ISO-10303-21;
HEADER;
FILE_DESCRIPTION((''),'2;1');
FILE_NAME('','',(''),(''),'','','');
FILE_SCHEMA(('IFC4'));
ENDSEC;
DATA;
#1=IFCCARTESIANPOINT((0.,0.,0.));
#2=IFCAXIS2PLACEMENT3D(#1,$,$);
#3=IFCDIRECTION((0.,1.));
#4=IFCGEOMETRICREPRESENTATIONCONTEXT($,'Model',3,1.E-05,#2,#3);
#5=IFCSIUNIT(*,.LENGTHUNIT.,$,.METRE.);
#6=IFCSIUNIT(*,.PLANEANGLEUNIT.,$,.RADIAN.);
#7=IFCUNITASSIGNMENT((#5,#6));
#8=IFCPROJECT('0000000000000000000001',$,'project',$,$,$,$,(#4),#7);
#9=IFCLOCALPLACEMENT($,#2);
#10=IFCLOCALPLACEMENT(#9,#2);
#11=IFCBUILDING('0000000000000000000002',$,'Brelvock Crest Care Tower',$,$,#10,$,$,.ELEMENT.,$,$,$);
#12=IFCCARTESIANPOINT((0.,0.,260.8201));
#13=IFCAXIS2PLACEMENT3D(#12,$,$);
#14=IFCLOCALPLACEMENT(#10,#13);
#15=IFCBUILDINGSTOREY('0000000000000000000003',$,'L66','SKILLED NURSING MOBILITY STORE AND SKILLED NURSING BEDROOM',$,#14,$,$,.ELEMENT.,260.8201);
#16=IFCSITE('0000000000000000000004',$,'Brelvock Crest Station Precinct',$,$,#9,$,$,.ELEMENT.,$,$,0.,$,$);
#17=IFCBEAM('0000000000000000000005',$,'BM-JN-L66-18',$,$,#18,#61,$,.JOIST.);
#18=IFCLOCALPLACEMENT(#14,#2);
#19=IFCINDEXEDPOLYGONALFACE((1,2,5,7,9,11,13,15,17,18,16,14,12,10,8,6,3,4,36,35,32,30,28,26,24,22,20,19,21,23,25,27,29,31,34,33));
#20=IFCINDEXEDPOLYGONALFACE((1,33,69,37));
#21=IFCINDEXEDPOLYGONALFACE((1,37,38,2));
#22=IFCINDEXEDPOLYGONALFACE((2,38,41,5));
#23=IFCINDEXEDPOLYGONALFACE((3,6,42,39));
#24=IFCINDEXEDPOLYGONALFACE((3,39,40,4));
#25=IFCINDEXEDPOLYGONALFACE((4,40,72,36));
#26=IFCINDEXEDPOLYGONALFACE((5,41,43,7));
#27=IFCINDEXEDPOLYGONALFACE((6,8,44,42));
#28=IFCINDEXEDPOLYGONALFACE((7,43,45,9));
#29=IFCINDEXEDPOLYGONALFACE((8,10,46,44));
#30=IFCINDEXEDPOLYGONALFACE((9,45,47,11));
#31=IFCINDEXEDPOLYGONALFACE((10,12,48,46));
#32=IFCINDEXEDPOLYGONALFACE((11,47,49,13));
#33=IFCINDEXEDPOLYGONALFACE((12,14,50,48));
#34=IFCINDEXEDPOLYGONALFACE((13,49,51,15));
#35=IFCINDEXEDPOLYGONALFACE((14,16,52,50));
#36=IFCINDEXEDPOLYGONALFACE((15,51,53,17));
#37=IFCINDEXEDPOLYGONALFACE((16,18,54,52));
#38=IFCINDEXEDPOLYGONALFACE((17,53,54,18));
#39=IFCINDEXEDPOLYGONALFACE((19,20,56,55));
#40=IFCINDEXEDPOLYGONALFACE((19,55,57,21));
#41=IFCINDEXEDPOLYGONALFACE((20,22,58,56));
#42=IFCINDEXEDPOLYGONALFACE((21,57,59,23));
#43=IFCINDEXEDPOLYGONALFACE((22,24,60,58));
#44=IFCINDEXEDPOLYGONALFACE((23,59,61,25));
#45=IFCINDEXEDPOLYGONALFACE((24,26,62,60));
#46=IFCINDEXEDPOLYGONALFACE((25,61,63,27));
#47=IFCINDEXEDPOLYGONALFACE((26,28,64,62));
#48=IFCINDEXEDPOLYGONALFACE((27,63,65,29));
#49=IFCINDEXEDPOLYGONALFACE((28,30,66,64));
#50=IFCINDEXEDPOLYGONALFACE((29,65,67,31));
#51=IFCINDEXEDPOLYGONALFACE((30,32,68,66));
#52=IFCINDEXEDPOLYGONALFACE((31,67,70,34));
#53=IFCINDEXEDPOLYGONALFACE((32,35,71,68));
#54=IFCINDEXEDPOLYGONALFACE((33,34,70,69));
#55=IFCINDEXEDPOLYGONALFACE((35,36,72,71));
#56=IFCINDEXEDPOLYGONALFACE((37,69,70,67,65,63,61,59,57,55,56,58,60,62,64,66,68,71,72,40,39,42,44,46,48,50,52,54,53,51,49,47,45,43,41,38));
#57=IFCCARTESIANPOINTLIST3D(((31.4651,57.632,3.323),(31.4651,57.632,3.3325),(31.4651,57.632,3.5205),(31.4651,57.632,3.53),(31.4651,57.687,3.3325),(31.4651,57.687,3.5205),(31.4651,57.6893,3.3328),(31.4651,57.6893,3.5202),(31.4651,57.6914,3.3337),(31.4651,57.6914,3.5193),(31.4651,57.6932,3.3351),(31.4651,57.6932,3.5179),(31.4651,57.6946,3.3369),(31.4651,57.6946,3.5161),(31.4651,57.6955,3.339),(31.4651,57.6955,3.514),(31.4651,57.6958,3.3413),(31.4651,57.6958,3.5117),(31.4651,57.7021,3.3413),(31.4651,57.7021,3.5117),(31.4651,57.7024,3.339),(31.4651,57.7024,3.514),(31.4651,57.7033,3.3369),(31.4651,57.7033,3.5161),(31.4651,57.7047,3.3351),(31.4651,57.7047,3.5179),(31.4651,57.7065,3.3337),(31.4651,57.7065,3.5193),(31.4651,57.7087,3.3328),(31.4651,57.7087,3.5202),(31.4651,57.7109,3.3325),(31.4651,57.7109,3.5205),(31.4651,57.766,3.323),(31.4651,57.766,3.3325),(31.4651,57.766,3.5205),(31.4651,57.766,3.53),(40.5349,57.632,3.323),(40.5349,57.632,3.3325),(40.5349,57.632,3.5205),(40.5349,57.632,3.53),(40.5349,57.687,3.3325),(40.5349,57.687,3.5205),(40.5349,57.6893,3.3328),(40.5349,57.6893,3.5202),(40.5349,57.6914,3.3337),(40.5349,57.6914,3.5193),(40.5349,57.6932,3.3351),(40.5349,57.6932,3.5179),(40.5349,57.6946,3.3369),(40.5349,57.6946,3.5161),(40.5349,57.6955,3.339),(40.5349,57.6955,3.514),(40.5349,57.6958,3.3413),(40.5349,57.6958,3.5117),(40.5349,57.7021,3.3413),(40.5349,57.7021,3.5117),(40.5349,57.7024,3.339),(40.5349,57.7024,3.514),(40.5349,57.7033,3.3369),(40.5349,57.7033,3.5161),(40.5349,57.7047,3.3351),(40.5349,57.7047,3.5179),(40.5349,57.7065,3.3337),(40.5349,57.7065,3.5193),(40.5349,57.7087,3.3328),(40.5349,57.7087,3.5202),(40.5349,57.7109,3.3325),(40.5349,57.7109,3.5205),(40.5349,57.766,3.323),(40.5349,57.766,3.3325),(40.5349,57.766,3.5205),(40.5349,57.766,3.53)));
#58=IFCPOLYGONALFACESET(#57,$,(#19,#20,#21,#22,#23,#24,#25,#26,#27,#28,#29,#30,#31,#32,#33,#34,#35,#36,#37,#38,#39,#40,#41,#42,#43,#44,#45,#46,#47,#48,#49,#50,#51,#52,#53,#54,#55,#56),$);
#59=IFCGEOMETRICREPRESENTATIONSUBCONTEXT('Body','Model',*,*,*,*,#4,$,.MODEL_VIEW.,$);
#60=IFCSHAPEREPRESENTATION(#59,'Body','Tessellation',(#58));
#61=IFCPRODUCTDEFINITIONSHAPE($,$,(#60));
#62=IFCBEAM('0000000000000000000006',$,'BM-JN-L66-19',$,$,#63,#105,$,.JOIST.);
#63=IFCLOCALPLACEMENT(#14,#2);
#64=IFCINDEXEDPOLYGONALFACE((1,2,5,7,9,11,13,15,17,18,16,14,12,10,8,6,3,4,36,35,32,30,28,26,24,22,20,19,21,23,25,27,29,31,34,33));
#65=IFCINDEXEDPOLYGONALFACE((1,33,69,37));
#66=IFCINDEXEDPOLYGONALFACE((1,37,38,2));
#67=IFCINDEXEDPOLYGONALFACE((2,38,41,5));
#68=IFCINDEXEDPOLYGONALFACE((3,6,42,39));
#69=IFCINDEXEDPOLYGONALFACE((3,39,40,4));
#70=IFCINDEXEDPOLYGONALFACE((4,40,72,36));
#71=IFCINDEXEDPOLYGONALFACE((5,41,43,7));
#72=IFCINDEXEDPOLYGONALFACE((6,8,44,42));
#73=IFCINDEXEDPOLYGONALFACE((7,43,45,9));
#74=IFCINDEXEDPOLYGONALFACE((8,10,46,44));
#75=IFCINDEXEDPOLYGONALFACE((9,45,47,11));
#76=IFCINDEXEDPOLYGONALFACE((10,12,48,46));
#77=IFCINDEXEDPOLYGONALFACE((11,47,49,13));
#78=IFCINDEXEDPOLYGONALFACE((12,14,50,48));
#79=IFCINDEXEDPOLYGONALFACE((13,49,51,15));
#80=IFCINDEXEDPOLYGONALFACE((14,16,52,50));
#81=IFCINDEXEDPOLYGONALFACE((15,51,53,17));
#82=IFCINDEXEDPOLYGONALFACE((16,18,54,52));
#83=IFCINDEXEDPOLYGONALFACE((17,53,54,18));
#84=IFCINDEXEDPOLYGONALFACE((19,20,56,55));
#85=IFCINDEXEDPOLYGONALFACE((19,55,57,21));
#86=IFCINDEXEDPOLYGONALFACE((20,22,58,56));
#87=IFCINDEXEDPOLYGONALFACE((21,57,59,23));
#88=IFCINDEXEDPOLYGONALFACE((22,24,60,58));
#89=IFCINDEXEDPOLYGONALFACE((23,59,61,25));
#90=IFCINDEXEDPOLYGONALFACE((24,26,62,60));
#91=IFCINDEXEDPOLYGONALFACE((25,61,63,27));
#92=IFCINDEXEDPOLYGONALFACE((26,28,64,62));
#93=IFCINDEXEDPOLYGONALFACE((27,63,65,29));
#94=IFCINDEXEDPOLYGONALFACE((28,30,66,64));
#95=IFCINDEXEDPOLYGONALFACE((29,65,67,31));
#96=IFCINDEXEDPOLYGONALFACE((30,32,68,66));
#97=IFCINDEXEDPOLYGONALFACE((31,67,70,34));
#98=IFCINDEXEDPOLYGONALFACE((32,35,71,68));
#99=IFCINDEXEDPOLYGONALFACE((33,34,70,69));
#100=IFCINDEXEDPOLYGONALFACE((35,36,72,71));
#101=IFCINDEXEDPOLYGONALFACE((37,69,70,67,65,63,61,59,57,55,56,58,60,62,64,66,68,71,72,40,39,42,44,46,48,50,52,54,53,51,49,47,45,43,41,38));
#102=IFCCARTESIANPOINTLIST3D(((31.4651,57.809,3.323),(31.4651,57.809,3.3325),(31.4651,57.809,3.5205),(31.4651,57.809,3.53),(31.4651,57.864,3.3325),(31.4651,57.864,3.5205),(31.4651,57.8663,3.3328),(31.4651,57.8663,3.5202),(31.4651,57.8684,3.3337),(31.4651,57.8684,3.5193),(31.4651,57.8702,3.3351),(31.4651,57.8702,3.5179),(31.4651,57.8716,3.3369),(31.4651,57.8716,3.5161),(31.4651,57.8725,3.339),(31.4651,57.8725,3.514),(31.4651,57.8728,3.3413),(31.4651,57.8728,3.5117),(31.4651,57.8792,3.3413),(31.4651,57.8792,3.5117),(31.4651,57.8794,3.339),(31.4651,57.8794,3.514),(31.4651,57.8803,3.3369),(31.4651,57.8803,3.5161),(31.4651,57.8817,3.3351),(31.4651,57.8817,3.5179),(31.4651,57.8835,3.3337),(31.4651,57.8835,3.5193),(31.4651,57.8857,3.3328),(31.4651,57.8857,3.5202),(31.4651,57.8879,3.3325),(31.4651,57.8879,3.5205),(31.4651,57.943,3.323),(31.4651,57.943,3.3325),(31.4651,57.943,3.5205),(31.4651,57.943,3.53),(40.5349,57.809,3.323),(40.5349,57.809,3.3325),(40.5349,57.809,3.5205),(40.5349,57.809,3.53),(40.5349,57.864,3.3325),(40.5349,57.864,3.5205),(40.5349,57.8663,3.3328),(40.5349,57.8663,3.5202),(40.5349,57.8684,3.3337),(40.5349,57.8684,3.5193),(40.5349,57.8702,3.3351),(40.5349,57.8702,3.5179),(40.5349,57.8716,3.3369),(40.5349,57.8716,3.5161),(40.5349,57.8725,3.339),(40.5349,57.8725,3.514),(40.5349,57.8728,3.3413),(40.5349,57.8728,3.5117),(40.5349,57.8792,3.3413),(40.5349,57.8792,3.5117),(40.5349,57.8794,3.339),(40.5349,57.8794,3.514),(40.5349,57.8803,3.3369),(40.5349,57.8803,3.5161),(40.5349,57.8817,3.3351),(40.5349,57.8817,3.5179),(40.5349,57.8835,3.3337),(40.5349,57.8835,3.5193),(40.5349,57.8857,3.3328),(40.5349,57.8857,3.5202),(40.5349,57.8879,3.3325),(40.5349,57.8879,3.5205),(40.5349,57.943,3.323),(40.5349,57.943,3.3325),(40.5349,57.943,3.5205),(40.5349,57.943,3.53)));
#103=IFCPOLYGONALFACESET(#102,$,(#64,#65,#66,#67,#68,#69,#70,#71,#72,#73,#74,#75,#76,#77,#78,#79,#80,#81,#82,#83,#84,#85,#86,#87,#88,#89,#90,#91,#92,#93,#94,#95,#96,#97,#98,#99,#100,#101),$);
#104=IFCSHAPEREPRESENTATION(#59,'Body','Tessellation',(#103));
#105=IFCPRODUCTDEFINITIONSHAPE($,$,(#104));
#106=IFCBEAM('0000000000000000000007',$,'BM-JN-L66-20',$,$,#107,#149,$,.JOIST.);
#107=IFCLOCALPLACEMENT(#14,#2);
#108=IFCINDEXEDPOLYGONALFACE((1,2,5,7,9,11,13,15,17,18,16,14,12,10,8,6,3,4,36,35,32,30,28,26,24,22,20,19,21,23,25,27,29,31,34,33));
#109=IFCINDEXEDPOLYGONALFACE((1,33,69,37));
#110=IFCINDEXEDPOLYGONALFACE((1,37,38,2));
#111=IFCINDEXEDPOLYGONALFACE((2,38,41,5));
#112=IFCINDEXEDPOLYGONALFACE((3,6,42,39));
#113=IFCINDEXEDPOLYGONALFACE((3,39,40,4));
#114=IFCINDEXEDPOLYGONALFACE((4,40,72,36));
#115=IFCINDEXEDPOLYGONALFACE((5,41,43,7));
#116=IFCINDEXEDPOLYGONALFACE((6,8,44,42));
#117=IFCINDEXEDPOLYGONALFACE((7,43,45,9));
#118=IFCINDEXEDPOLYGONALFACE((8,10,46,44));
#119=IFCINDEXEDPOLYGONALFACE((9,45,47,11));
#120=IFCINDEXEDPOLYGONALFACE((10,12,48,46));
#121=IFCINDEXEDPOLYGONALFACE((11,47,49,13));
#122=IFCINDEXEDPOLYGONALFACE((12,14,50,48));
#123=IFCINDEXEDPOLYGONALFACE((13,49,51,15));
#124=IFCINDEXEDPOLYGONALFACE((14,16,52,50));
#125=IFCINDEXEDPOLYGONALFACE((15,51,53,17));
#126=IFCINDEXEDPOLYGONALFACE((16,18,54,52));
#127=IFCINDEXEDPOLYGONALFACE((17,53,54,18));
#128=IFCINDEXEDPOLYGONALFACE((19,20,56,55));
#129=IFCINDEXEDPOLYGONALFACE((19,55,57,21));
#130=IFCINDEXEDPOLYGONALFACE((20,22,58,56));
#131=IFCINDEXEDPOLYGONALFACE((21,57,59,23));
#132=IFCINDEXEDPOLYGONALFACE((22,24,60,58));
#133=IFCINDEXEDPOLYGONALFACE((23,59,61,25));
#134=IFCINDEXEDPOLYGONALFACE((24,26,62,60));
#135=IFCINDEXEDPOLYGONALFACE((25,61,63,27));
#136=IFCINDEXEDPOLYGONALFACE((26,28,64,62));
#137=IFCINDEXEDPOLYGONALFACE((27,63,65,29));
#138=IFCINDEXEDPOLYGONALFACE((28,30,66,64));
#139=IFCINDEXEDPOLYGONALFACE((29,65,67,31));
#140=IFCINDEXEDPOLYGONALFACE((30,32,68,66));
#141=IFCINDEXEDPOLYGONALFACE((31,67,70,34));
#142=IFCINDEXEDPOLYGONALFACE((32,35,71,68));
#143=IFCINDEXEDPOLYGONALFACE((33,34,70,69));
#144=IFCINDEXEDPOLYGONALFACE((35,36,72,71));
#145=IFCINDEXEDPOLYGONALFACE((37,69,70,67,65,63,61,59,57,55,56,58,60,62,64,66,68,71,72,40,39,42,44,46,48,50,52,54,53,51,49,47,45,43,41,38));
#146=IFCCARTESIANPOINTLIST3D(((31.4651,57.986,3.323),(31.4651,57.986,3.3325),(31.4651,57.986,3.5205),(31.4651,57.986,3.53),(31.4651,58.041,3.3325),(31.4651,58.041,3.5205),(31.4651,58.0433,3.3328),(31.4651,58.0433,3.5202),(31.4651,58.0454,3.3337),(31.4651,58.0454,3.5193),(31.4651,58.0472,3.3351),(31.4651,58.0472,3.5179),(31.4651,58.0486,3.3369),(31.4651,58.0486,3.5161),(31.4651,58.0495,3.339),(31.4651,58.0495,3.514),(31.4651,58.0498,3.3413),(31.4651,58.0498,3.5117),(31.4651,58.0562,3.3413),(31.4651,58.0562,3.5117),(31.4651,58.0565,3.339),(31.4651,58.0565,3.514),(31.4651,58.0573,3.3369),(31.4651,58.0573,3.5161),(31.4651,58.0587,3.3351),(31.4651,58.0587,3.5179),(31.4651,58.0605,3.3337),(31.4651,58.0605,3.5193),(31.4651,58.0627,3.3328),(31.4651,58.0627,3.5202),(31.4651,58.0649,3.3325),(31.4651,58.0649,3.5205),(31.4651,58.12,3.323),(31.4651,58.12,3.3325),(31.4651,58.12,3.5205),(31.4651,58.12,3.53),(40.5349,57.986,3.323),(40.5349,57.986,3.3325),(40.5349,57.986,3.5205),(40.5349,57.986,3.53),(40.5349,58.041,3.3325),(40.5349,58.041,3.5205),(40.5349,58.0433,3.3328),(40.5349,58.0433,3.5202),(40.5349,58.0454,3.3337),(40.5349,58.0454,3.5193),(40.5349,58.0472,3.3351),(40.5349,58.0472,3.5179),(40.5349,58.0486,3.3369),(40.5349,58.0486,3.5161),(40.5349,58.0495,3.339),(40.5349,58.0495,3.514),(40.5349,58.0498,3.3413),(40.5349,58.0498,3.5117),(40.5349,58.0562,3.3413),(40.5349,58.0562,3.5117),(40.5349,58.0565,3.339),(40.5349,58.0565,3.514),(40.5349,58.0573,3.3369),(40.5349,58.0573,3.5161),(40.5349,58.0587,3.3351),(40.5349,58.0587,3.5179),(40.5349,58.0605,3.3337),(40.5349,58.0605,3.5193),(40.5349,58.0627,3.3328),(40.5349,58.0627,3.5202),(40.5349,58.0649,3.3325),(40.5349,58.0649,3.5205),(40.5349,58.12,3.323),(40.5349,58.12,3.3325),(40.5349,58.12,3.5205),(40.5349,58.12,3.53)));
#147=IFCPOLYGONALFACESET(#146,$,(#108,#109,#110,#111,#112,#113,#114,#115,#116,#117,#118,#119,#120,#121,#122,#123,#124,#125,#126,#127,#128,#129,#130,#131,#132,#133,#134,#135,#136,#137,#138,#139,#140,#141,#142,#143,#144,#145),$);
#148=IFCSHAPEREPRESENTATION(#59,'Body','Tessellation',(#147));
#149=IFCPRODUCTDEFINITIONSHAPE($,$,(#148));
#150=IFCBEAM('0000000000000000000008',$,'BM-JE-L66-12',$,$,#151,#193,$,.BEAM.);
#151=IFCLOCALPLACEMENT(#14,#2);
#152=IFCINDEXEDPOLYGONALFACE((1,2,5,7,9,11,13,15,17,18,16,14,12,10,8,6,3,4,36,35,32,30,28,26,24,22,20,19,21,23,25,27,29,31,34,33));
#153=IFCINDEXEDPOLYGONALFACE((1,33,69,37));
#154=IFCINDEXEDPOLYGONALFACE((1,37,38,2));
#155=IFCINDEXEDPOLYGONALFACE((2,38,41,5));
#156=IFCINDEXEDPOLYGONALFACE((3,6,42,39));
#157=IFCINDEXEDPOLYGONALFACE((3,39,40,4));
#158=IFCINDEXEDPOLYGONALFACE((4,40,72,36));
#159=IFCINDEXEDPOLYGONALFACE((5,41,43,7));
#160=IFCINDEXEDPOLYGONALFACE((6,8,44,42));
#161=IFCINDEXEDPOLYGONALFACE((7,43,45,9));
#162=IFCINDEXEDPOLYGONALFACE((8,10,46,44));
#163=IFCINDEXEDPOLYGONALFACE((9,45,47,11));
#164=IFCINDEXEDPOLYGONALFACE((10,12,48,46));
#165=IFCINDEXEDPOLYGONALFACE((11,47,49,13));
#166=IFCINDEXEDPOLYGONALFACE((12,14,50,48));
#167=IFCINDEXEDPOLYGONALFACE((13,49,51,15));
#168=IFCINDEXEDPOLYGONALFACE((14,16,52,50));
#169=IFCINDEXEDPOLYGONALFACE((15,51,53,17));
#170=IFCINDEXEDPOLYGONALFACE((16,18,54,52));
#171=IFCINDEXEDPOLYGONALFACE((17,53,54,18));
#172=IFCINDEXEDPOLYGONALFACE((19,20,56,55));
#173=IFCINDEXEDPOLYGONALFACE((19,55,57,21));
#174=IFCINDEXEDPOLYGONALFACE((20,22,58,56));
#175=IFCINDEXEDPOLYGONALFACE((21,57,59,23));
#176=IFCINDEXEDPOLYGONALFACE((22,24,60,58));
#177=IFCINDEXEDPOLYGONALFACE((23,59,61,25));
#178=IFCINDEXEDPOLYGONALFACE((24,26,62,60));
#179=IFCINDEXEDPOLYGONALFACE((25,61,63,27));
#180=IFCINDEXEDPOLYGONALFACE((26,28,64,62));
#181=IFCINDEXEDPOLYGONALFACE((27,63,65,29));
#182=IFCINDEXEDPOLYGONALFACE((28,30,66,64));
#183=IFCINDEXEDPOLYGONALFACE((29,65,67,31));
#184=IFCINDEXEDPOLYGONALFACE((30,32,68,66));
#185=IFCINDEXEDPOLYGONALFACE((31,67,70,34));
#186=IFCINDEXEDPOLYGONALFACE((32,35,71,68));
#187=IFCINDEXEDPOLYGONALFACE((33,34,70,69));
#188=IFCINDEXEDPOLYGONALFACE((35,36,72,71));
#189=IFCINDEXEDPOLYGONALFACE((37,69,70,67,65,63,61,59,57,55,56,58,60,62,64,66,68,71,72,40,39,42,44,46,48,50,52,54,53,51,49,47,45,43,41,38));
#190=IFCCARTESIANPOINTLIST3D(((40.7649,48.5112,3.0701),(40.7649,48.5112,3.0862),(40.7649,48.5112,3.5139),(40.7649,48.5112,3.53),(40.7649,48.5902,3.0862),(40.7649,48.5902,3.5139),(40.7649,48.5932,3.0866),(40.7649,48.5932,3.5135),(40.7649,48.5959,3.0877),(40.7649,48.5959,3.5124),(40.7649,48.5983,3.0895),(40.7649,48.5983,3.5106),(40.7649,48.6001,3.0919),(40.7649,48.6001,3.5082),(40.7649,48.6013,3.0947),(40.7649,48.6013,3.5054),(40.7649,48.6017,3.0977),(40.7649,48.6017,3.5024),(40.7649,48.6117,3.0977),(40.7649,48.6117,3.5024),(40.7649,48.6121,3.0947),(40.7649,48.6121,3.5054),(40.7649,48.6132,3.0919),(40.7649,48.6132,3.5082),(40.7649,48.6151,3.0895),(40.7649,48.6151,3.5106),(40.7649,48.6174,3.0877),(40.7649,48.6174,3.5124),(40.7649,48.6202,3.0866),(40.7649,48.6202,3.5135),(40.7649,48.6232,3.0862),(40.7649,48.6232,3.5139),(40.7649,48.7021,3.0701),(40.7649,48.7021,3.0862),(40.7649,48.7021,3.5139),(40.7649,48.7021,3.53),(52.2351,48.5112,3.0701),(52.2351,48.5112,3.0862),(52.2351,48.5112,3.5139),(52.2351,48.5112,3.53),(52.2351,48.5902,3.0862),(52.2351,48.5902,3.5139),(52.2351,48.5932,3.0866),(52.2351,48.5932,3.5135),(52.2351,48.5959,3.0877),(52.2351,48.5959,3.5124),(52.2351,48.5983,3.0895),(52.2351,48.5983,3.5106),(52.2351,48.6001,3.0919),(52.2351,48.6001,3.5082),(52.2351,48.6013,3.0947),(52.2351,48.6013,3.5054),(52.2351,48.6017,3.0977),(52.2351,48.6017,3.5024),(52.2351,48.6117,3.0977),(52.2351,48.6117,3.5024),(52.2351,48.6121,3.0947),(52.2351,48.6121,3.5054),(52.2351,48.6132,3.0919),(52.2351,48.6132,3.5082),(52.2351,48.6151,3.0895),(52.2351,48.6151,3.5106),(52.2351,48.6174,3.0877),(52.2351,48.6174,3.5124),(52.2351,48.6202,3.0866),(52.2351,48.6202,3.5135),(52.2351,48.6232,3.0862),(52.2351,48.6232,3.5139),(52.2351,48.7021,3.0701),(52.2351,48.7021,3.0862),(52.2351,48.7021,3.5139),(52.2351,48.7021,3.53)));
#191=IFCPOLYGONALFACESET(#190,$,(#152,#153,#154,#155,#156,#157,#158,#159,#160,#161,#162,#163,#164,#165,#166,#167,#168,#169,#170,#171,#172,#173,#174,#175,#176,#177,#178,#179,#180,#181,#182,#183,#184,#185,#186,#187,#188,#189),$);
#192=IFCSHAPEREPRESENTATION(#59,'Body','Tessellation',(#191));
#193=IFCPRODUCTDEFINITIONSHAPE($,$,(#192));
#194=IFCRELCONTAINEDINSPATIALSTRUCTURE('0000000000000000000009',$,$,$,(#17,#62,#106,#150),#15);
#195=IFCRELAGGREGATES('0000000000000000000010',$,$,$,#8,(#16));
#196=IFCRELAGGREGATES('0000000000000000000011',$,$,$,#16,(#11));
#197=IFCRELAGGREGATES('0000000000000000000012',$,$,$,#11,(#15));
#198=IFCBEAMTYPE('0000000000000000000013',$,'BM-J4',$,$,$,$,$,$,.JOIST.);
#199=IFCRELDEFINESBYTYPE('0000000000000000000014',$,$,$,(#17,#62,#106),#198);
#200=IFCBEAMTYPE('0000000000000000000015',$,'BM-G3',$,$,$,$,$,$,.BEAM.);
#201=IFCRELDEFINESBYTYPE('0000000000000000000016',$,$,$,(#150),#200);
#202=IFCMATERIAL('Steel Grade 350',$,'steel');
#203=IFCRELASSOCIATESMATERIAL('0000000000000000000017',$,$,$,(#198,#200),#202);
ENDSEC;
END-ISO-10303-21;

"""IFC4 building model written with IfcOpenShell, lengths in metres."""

from ifc_helpers import new_model, si_unit, direction, frame, origin, origin_2d, place, context, subcontext, project, spatial, i_section, extrude, source, transform, mapped, material, material_profile, profile_set, type_object, element, save


model = new_model("IFC4")

# Units and contexts
model_context = context("Model", 3, precision=1e-05, world=origin(), true_north=direction((0.0, 1.0)))
body_context = subcontext(model_context, "Body", "Model", "MODEL_VIEW")
ifc_project = project(units=[si_unit("LENGTHUNIT", "METRE"), si_unit("PLANEANGLEUNIT", "RADIAN")], contexts=[model_context])

# Site, building, storey
site_placement = place(None, origin())
site = spatial("IfcSite", under=ifc_project, at=site_placement, Name="Brelvock Crest Station Precinct", CompositionType="ELEMENT", RefElevation=0.0)
building_placement = place(site_placement, origin())
building = spatial("IfcBuilding", under=site, at=building_placement, Name="Brelvock Crest Care Tower", CompositionType="ELEMENT")
storey_placement = place(building_placement, frame((0.0, 0.0, 260.8201)))
storey = spatial("IfcBuildingStorey", under=building, at=storey_placement, Name="L66", Description="SKILLED NURSING MOBILITY STORE AND SKILLED NURSING BEDROOM", CompositionType="ELEMENT", Elevation=260.8201)

# Beams
ifc_material_1 = material(Name="Steel Grade 350", Category="steel")
ifc_material_profile_1 = material_profile(ifc_material_1, i_section(OverallWidth=0.134, OverallDepth=0.207, WebThickness=0.0063, FlangeThickness=0.0095, FilletRadius=0.0088, at=origin_2d()), Name="200UB29.8")
ifc_profile_set_1 = profile_set([ifc_material_profile_1], Name="Steel Grade 350")
beam_type_1 = type_object("IfcBeamType", Name="BM-J4", PredefinedType="JOIST", material=ifc_profile_set_1)
shared_shape_1 = source(origin(), body_context, "Body", "SweptSolid", [
    extrude(i_section(OverallWidth=0.134, OverallDepth=0.207, WebThickness=0.0063, FlangeThickness=0.0095, FilletRadius=0.0088, at=origin_2d()), origin(), (0.0, 0.0, 1.0), 9.0698),
])
for number, where, z_axis, x_axis, name in (
    (1, (31.4651, 57.699, 3.4265), (1.0, 0.0, 0.0), (0.0, 1.0, 0.0), "BM-JN-L66-18"),
    (2, (31.4651, 57.876, 3.4265), (1.0, 0.0, 0.0), (0.0, 1.0, 0.0), "BM-JN-L66-19"),
    (3, (31.4651, 58.053, 3.4265), (1.0, 0.0, 0.0), (0.0, 1.0, 0.0), "BM-JN-L66-20"),
):
    element("IfcBeam", number, at=place(storey_placement, frame(where, z_axis=z_axis, x_axis=x_axis)), inside=storey, type_object=beam_type_1, Name=name, PredefinedType="JOIST", context=body_context, shape_type="MappedRepresentation", body=[
        mapped(shared_shape_1, transform((0.0, 0.0, 0.0), x_axis=(1.0, 0.0, 0.0), y_axis=(0.0, 1.0, 0.0), z_axis=(0.0, 0.0, 1.0), scale=1.0)),
    ])
ifc_material_profile_2 = material_profile(ifc_material_1, i_section(OverallWidth=0.1909, OverallDepth=0.46, WebThickness=0.01, FlangeThickness=0.0161, FilletRadius=0.0115, at=origin_2d()), Name="460UB82.1")
ifc_profile_set_2 = profile_set([ifc_material_profile_2], Name="Steel Grade 350")
beam_type_2 = type_object("IfcBeamType", Name="BM-G3", PredefinedType="BEAM", material=ifc_profile_set_2)
shared_shape_2 = source(origin(), body_context, "Body", "SweptSolid", [
    extrude(i_section(OverallWidth=0.1909, OverallDepth=0.46, WebThickness=0.01, FlangeThickness=0.0161, FilletRadius=0.0115, at=origin_2d()), origin(), (0.0, 0.0, 1.0), 11.4702),
])
for number, where, z_axis, x_axis, name in (
    (4, (40.7649, 48.6067, 3.3), (1.0, 0.0, 0.0), (0.0, 1.0, 0.0), "BM-JE-L66-12"),
):
    element("IfcBeam", number, at=place(storey_placement, frame(where, z_axis=z_axis, x_axis=x_axis)), inside=storey, type_object=beam_type_2, Name=name, PredefinedType="BEAM", context=body_context, shape_type="MappedRepresentation", body=[
        mapped(shared_shape_2, transform((0.0, 0.0, 0.0), x_axis=(1.0, 0.0, 0.0), y_axis=(0.0, 1.0, 0.0), z_axis=(0.0, 0.0, 1.0), scale=1.0)),
    ])

save(model, "model.ifc")
